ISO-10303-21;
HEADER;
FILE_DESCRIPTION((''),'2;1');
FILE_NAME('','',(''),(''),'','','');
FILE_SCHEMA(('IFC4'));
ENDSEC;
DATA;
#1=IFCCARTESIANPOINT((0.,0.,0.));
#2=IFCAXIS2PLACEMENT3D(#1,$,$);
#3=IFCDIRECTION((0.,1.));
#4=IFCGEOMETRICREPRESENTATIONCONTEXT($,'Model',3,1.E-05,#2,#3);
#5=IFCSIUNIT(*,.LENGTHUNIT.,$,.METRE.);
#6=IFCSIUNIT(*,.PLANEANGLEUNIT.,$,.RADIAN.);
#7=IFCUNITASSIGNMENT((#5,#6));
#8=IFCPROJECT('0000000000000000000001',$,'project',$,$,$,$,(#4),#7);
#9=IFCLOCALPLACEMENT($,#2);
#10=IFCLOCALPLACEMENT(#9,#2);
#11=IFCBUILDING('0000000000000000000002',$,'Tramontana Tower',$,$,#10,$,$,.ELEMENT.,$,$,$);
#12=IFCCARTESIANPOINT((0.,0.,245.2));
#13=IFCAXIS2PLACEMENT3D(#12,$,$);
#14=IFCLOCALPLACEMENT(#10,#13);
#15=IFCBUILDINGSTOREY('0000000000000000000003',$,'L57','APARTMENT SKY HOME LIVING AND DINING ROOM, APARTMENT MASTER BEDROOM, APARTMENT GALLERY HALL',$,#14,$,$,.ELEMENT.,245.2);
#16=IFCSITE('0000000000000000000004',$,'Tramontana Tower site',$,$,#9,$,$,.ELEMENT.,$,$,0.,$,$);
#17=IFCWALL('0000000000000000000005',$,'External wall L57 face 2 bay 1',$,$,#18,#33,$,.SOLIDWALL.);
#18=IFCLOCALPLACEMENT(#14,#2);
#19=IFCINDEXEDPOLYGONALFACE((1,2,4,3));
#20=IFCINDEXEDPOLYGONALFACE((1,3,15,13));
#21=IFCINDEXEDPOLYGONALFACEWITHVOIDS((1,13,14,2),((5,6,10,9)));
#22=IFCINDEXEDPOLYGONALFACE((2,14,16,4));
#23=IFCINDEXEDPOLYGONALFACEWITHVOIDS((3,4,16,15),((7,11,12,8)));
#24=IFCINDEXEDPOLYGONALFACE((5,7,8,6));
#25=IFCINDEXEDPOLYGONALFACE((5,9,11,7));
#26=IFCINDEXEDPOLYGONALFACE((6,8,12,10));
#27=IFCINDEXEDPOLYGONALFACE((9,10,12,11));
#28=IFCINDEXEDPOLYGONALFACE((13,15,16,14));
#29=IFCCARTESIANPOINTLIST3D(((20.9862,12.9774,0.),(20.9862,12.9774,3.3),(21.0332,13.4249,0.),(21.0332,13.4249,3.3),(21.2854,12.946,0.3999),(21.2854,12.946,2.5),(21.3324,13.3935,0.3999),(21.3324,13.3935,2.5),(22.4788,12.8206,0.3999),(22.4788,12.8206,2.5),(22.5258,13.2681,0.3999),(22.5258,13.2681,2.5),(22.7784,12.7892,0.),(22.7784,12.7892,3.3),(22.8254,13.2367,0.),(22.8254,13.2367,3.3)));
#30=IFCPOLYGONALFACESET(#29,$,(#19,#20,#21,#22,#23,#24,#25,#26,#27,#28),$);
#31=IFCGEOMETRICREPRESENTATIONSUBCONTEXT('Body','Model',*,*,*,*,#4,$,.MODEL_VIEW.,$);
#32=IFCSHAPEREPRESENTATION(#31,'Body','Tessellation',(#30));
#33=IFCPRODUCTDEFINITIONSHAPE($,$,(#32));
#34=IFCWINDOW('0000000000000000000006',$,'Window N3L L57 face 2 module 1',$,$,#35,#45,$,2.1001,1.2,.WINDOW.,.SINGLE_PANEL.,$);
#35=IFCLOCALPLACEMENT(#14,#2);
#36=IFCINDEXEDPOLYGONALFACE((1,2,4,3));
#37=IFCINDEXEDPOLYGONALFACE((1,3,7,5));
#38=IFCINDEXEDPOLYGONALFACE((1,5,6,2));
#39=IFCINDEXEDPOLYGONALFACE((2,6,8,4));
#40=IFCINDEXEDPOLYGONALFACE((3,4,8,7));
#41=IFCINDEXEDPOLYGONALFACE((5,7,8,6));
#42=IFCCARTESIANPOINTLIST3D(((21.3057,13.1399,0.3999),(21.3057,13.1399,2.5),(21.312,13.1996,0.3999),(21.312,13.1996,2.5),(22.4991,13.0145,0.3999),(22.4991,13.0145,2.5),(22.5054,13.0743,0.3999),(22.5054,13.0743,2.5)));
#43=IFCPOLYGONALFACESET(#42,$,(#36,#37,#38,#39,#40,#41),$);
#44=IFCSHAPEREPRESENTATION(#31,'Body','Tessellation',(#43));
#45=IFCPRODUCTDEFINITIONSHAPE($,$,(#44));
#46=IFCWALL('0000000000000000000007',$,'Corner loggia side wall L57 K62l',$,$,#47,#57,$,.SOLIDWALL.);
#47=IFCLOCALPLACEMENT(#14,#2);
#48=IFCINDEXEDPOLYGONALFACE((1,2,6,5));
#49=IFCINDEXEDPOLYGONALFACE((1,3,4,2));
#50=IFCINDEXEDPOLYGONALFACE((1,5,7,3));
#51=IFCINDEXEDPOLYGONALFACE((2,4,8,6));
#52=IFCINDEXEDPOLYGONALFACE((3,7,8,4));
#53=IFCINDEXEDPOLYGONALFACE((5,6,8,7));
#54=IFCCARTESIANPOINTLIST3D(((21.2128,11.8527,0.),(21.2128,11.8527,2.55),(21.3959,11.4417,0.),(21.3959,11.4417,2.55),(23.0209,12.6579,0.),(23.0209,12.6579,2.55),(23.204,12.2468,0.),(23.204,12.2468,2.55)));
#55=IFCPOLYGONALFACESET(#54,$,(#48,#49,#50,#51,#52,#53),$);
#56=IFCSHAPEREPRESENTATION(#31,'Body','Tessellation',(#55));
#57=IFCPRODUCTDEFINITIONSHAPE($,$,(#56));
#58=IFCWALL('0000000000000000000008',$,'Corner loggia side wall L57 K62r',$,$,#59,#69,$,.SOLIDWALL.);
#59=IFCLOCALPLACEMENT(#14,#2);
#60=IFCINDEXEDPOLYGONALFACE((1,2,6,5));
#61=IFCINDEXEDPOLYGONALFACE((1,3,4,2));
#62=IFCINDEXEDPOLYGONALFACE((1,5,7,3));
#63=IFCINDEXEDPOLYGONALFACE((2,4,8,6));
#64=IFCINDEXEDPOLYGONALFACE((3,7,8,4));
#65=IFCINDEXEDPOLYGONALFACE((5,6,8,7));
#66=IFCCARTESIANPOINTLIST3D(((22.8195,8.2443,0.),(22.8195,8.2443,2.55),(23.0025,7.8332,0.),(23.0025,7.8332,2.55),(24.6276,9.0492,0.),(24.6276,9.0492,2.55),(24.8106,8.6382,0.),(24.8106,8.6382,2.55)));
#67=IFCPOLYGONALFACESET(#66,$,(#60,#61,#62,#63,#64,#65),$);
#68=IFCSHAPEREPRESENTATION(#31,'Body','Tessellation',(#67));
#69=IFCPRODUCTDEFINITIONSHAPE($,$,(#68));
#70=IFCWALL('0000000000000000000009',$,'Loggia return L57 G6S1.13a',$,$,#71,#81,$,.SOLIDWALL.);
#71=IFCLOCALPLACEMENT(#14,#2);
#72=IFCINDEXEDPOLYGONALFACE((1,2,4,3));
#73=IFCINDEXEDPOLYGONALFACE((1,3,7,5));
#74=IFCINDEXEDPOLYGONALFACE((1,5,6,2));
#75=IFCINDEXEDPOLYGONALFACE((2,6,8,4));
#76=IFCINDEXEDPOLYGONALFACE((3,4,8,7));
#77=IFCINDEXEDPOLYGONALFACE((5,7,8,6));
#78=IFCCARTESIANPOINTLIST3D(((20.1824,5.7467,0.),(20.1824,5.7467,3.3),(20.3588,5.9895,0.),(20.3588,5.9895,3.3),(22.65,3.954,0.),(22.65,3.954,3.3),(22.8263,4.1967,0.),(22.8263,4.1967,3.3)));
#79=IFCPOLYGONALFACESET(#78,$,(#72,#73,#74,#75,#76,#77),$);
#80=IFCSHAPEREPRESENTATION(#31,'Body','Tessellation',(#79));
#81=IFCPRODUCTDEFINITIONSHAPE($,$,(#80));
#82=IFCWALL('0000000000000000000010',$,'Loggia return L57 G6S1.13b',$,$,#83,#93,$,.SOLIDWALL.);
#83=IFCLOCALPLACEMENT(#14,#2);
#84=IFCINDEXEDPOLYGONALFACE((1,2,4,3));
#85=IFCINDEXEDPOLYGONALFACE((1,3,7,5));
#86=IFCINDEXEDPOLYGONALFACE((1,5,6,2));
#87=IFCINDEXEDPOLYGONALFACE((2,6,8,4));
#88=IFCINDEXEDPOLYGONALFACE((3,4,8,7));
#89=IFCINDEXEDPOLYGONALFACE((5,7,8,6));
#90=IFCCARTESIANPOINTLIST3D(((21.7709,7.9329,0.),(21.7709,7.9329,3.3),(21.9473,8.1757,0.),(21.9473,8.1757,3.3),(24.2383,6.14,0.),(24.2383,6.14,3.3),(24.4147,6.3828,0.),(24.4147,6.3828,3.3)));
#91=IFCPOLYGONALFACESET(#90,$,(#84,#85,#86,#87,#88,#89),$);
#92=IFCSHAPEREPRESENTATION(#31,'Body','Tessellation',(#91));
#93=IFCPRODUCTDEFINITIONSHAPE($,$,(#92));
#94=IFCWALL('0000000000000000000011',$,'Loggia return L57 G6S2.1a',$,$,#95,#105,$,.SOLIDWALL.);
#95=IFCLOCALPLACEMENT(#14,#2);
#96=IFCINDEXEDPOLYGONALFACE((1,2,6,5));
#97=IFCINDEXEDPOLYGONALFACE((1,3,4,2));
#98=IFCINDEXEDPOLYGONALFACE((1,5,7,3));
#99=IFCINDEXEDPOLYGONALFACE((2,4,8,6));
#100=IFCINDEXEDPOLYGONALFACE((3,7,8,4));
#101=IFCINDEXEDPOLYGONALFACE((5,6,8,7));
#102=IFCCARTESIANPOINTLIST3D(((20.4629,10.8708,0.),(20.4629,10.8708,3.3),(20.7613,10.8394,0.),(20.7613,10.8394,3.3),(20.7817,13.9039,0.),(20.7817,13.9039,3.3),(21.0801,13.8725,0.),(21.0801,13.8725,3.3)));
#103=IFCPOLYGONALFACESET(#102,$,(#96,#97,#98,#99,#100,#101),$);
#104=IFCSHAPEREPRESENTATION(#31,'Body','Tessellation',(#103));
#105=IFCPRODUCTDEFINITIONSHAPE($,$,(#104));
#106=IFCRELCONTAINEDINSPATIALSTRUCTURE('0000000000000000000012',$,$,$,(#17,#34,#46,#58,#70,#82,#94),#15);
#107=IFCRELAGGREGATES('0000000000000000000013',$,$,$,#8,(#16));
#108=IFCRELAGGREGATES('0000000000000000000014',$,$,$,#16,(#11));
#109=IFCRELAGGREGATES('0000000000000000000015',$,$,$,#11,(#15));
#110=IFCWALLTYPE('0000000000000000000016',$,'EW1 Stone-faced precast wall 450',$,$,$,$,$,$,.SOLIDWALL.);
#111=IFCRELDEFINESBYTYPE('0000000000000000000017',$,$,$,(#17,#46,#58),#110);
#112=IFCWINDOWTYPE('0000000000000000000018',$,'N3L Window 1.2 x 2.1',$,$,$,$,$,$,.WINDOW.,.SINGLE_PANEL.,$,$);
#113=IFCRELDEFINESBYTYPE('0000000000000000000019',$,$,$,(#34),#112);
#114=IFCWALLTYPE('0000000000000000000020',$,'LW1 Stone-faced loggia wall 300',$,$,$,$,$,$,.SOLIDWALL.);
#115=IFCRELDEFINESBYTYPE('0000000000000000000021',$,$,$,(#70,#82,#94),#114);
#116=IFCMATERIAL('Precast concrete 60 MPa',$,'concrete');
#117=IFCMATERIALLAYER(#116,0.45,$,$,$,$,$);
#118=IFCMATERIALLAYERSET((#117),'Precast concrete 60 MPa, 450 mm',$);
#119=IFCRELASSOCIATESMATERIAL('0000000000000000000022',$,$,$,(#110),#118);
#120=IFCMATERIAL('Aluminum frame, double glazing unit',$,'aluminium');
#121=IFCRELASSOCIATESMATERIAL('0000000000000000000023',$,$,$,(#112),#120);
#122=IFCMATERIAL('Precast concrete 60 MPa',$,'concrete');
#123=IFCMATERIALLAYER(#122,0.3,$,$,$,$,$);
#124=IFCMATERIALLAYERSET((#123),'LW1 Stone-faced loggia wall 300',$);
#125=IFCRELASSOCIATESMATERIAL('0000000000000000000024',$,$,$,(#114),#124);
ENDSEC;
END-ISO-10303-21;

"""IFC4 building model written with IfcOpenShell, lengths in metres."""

from ifc_helpers import new_model, si_unit, direction, frame, frame_2d, origin, place, context, subcontext, project, spatial, rectangle, extrude, material, layer, layer_set, type_object, element, fill, save


model = new_model("IFC4")

# Units and contexts
model_context = context("Model", 3, precision=1e-05, world=origin(), true_north=direction((0.0, 1.0)))
body_context = subcontext(model_context, "Body", "Model", "MODEL_VIEW")
ifc_project = project(units=[si_unit("LENGTHUNIT", "METRE"), si_unit("PLANEANGLEUNIT", "RADIAN")], contexts=[model_context])

# Site, building, storey
site_placement = place(None, origin())
site = spatial("IfcSite", under=ifc_project, at=site_placement, Name="Tramontana Tower site", CompositionType="ELEMENT", RefElevation=0.0)
building_placement = place(site_placement, origin())
building = spatial("IfcBuilding", under=site, at=building_placement, Name="Tramontana Tower", CompositionType="ELEMENT")
storey_placement = place(building_placement, frame((0.0, 0.0, 245.2)))
storey = spatial("IfcBuildingStorey", under=building, at=storey_placement, Name="L57", Description="APARTMENT SKY HOME LIVING AND DINING ROOM, APARTMENT MASTER BEDROOM, APARTMENT GALLERY HALL", CompositionType="ELEMENT", Elevation=245.2)

# Wall, opening, window
ifc_material_1 = material(Name="Precast concrete 60 MPa", Category="concrete")
ifc_layer_1 = layer(ifc_material_1, 0.45)
ifc_layer_set_1 = layer_set([ifc_layer_1], Name="Precast concrete 60 MPa, 450 mm")
wall_type_1 = type_object("IfcWallType", Name="EW1 Stone-faced precast wall 450", PredefinedType="SOLIDWALL", material=ifc_layer_set_1)
ifc_material_2 = material(Name="Aluminum frame, double glazing unit", Category="aluminium")
window_type_1 = type_object("IfcWindowType", Name="N3L Window 1.2 x 2.1", PartitioningType="SINGLE_PANEL", PredefinedType="WINDOW", material=ifc_material_2)
wall_1_placement = place(storey_placement, frame((22.8018, 13.0129, 0.0), z_axis=(0.0, 0.0, 1.0), x_axis=(-0.99453, 0.104452, 0.0)))
wall_1 = element("IfcWall", 1, at=wall_1_placement, inside=storey, type_object=wall_type_1, Name="External wall L57 face 2 bay 1", PredefinedType="SOLIDWALL", context=body_context, shape_type="SweptSolid", body=[
    extrude(rectangle(XDim=1.802, YDim=0.45, at=frame_2d((0.9009, 0.0))), origin(), (0.0, 0.0, 1.0), 3.3),
])
opening_1_placement = place(wall_1_placement, frame((0.301, 0.0, 0.3999)))
opening_1 = element("IfcOpeningElement", 2, at=opening_1_placement, cuts=wall_1, PredefinedType="OPENING", context=body_context, shape_type="SweptSolid", body=[
    extrude(rectangle(XDim=1.2, YDim=2.1001, at=frame_2d((0.6001, 1.05))), frame((0.0, 0.2349, 0.0), z_axis=(0.0, -1.0, 0.0), x_axis=(1.0, 0.0, 0.0)), (0.0, 0.0, 1.0), 0.47),
])
window_1_placement = place(opening_1_placement, origin())
window_1 = element("IfcWindow", 3, at=window_1_placement, inside=storey, type_object=window_type_1, Name="Window N3L L57 face 2 module 1", OverallHeight=2.1001, OverallWidth=1.2, PartitioningType="SINGLE_PANEL", PredefinedType="WINDOW", context=body_context, shape_type="SweptSolid", body=[
    extrude(rectangle(XDim=1.2, YDim=2.1001, at=frame_2d((0.6001, 1.05))), frame((0.0, 0.03, 0.0), z_axis=(0.0, -1.0, 0.0), x_axis=(1.0, 0.0, 0.0)), (0.0, 0.0, 1.0), 0.0601),
])
fill(opening_1, window_1)

# Walls
for number, where, z_axis, x_axis, name in (
    (4, (23.1125, 12.4524, 0.0), (0.0, 0.0, 1.0), (-0.913516, -0.406802, 0.0), "Corner loggia side wall L57 K62l"),
    (5, (24.7192, 8.8438, 0.0), (0.0, 0.0, 1.0), (-0.913562, -0.406699, 0.0), "Corner loggia side wall L57 K62r"),
):
    element("IfcWall", number, at=place(storey_placement, frame(where, z_axis=z_axis, x_axis=x_axis)), inside=storey, type_object=wall_type_1, Name=name, PredefinedType="SOLIDWALL", context=body_context, shape_type="SweptSolid", body=[
        extrude(rectangle(XDim=1.9792, YDim=0.45, at=frame_2d((0.9897, 0.0))), origin(), (0.0, 0.0, 1.0), 2.55),
    ])

# Walls
ifc_material_3 = material(Name="Precast concrete 60 MPa", Category="concrete")
ifc_layer_2 = layer(ifc_material_3, 0.3)
ifc_layer_set_2 = layer_set([ifc_layer_2], Name="LW1 Stone-faced loggia wall 300")
wall_type_2 = type_object("IfcWallType", Name="LW1 Stone-faced loggia wall 300", PredefinedType="SOLIDWALL", material=ifc_layer_set_2)
for number, where, z_axis, x_axis, name in (
    (6, (22.738, 4.0754, 0.0), (0.0, 0.0, 1.0), (-0.809023, 0.587777, 0.0), "Loggia return L57 G6S1.13a"),
    (7, (24.3264, 6.2615, 0.0), (0.0, 0.0, 1.0), (-0.808985, 0.587829, 0.0), "Loggia return L57 G6S1.13b"),
):
    element("IfcWall", number, at=place(storey_placement, frame(where, z_axis=z_axis, x_axis=x_axis)), inside=storey, type_object=wall_type_2, Name=name, PredefinedType="SOLIDWALL", context=body_context, shape_type="SweptSolid", body=[
        extrude(rectangle(XDim=3.05, YDim=0.3, at=frame_2d((1.5249, 0.0))), origin(), (0.0, 0.0, 1.0), 3.3),
    ])
wall_2_placement = place(storey_placement, frame((20.9309, 13.8882, 0.0), z_axis=(0.0, 0.0, 1.0), x_axis=(-0.104543, -0.99452, 0.0)))
element("IfcWall", 8, at=wall_2_placement, inside=storey, type_object=wall_type_2, Name="Loggia return L57 G6S2.1a", PredefinedType="SOLIDWALL", context=body_context, shape_type="SweptSolid", body=[
    extrude(rectangle(XDim=3.0498, YDim=0.3, at=frame_2d((1.5249, 0.0))), origin(), (0.0, 0.0, 1.0), 3.3),
])

save(model, "model.ifc")
